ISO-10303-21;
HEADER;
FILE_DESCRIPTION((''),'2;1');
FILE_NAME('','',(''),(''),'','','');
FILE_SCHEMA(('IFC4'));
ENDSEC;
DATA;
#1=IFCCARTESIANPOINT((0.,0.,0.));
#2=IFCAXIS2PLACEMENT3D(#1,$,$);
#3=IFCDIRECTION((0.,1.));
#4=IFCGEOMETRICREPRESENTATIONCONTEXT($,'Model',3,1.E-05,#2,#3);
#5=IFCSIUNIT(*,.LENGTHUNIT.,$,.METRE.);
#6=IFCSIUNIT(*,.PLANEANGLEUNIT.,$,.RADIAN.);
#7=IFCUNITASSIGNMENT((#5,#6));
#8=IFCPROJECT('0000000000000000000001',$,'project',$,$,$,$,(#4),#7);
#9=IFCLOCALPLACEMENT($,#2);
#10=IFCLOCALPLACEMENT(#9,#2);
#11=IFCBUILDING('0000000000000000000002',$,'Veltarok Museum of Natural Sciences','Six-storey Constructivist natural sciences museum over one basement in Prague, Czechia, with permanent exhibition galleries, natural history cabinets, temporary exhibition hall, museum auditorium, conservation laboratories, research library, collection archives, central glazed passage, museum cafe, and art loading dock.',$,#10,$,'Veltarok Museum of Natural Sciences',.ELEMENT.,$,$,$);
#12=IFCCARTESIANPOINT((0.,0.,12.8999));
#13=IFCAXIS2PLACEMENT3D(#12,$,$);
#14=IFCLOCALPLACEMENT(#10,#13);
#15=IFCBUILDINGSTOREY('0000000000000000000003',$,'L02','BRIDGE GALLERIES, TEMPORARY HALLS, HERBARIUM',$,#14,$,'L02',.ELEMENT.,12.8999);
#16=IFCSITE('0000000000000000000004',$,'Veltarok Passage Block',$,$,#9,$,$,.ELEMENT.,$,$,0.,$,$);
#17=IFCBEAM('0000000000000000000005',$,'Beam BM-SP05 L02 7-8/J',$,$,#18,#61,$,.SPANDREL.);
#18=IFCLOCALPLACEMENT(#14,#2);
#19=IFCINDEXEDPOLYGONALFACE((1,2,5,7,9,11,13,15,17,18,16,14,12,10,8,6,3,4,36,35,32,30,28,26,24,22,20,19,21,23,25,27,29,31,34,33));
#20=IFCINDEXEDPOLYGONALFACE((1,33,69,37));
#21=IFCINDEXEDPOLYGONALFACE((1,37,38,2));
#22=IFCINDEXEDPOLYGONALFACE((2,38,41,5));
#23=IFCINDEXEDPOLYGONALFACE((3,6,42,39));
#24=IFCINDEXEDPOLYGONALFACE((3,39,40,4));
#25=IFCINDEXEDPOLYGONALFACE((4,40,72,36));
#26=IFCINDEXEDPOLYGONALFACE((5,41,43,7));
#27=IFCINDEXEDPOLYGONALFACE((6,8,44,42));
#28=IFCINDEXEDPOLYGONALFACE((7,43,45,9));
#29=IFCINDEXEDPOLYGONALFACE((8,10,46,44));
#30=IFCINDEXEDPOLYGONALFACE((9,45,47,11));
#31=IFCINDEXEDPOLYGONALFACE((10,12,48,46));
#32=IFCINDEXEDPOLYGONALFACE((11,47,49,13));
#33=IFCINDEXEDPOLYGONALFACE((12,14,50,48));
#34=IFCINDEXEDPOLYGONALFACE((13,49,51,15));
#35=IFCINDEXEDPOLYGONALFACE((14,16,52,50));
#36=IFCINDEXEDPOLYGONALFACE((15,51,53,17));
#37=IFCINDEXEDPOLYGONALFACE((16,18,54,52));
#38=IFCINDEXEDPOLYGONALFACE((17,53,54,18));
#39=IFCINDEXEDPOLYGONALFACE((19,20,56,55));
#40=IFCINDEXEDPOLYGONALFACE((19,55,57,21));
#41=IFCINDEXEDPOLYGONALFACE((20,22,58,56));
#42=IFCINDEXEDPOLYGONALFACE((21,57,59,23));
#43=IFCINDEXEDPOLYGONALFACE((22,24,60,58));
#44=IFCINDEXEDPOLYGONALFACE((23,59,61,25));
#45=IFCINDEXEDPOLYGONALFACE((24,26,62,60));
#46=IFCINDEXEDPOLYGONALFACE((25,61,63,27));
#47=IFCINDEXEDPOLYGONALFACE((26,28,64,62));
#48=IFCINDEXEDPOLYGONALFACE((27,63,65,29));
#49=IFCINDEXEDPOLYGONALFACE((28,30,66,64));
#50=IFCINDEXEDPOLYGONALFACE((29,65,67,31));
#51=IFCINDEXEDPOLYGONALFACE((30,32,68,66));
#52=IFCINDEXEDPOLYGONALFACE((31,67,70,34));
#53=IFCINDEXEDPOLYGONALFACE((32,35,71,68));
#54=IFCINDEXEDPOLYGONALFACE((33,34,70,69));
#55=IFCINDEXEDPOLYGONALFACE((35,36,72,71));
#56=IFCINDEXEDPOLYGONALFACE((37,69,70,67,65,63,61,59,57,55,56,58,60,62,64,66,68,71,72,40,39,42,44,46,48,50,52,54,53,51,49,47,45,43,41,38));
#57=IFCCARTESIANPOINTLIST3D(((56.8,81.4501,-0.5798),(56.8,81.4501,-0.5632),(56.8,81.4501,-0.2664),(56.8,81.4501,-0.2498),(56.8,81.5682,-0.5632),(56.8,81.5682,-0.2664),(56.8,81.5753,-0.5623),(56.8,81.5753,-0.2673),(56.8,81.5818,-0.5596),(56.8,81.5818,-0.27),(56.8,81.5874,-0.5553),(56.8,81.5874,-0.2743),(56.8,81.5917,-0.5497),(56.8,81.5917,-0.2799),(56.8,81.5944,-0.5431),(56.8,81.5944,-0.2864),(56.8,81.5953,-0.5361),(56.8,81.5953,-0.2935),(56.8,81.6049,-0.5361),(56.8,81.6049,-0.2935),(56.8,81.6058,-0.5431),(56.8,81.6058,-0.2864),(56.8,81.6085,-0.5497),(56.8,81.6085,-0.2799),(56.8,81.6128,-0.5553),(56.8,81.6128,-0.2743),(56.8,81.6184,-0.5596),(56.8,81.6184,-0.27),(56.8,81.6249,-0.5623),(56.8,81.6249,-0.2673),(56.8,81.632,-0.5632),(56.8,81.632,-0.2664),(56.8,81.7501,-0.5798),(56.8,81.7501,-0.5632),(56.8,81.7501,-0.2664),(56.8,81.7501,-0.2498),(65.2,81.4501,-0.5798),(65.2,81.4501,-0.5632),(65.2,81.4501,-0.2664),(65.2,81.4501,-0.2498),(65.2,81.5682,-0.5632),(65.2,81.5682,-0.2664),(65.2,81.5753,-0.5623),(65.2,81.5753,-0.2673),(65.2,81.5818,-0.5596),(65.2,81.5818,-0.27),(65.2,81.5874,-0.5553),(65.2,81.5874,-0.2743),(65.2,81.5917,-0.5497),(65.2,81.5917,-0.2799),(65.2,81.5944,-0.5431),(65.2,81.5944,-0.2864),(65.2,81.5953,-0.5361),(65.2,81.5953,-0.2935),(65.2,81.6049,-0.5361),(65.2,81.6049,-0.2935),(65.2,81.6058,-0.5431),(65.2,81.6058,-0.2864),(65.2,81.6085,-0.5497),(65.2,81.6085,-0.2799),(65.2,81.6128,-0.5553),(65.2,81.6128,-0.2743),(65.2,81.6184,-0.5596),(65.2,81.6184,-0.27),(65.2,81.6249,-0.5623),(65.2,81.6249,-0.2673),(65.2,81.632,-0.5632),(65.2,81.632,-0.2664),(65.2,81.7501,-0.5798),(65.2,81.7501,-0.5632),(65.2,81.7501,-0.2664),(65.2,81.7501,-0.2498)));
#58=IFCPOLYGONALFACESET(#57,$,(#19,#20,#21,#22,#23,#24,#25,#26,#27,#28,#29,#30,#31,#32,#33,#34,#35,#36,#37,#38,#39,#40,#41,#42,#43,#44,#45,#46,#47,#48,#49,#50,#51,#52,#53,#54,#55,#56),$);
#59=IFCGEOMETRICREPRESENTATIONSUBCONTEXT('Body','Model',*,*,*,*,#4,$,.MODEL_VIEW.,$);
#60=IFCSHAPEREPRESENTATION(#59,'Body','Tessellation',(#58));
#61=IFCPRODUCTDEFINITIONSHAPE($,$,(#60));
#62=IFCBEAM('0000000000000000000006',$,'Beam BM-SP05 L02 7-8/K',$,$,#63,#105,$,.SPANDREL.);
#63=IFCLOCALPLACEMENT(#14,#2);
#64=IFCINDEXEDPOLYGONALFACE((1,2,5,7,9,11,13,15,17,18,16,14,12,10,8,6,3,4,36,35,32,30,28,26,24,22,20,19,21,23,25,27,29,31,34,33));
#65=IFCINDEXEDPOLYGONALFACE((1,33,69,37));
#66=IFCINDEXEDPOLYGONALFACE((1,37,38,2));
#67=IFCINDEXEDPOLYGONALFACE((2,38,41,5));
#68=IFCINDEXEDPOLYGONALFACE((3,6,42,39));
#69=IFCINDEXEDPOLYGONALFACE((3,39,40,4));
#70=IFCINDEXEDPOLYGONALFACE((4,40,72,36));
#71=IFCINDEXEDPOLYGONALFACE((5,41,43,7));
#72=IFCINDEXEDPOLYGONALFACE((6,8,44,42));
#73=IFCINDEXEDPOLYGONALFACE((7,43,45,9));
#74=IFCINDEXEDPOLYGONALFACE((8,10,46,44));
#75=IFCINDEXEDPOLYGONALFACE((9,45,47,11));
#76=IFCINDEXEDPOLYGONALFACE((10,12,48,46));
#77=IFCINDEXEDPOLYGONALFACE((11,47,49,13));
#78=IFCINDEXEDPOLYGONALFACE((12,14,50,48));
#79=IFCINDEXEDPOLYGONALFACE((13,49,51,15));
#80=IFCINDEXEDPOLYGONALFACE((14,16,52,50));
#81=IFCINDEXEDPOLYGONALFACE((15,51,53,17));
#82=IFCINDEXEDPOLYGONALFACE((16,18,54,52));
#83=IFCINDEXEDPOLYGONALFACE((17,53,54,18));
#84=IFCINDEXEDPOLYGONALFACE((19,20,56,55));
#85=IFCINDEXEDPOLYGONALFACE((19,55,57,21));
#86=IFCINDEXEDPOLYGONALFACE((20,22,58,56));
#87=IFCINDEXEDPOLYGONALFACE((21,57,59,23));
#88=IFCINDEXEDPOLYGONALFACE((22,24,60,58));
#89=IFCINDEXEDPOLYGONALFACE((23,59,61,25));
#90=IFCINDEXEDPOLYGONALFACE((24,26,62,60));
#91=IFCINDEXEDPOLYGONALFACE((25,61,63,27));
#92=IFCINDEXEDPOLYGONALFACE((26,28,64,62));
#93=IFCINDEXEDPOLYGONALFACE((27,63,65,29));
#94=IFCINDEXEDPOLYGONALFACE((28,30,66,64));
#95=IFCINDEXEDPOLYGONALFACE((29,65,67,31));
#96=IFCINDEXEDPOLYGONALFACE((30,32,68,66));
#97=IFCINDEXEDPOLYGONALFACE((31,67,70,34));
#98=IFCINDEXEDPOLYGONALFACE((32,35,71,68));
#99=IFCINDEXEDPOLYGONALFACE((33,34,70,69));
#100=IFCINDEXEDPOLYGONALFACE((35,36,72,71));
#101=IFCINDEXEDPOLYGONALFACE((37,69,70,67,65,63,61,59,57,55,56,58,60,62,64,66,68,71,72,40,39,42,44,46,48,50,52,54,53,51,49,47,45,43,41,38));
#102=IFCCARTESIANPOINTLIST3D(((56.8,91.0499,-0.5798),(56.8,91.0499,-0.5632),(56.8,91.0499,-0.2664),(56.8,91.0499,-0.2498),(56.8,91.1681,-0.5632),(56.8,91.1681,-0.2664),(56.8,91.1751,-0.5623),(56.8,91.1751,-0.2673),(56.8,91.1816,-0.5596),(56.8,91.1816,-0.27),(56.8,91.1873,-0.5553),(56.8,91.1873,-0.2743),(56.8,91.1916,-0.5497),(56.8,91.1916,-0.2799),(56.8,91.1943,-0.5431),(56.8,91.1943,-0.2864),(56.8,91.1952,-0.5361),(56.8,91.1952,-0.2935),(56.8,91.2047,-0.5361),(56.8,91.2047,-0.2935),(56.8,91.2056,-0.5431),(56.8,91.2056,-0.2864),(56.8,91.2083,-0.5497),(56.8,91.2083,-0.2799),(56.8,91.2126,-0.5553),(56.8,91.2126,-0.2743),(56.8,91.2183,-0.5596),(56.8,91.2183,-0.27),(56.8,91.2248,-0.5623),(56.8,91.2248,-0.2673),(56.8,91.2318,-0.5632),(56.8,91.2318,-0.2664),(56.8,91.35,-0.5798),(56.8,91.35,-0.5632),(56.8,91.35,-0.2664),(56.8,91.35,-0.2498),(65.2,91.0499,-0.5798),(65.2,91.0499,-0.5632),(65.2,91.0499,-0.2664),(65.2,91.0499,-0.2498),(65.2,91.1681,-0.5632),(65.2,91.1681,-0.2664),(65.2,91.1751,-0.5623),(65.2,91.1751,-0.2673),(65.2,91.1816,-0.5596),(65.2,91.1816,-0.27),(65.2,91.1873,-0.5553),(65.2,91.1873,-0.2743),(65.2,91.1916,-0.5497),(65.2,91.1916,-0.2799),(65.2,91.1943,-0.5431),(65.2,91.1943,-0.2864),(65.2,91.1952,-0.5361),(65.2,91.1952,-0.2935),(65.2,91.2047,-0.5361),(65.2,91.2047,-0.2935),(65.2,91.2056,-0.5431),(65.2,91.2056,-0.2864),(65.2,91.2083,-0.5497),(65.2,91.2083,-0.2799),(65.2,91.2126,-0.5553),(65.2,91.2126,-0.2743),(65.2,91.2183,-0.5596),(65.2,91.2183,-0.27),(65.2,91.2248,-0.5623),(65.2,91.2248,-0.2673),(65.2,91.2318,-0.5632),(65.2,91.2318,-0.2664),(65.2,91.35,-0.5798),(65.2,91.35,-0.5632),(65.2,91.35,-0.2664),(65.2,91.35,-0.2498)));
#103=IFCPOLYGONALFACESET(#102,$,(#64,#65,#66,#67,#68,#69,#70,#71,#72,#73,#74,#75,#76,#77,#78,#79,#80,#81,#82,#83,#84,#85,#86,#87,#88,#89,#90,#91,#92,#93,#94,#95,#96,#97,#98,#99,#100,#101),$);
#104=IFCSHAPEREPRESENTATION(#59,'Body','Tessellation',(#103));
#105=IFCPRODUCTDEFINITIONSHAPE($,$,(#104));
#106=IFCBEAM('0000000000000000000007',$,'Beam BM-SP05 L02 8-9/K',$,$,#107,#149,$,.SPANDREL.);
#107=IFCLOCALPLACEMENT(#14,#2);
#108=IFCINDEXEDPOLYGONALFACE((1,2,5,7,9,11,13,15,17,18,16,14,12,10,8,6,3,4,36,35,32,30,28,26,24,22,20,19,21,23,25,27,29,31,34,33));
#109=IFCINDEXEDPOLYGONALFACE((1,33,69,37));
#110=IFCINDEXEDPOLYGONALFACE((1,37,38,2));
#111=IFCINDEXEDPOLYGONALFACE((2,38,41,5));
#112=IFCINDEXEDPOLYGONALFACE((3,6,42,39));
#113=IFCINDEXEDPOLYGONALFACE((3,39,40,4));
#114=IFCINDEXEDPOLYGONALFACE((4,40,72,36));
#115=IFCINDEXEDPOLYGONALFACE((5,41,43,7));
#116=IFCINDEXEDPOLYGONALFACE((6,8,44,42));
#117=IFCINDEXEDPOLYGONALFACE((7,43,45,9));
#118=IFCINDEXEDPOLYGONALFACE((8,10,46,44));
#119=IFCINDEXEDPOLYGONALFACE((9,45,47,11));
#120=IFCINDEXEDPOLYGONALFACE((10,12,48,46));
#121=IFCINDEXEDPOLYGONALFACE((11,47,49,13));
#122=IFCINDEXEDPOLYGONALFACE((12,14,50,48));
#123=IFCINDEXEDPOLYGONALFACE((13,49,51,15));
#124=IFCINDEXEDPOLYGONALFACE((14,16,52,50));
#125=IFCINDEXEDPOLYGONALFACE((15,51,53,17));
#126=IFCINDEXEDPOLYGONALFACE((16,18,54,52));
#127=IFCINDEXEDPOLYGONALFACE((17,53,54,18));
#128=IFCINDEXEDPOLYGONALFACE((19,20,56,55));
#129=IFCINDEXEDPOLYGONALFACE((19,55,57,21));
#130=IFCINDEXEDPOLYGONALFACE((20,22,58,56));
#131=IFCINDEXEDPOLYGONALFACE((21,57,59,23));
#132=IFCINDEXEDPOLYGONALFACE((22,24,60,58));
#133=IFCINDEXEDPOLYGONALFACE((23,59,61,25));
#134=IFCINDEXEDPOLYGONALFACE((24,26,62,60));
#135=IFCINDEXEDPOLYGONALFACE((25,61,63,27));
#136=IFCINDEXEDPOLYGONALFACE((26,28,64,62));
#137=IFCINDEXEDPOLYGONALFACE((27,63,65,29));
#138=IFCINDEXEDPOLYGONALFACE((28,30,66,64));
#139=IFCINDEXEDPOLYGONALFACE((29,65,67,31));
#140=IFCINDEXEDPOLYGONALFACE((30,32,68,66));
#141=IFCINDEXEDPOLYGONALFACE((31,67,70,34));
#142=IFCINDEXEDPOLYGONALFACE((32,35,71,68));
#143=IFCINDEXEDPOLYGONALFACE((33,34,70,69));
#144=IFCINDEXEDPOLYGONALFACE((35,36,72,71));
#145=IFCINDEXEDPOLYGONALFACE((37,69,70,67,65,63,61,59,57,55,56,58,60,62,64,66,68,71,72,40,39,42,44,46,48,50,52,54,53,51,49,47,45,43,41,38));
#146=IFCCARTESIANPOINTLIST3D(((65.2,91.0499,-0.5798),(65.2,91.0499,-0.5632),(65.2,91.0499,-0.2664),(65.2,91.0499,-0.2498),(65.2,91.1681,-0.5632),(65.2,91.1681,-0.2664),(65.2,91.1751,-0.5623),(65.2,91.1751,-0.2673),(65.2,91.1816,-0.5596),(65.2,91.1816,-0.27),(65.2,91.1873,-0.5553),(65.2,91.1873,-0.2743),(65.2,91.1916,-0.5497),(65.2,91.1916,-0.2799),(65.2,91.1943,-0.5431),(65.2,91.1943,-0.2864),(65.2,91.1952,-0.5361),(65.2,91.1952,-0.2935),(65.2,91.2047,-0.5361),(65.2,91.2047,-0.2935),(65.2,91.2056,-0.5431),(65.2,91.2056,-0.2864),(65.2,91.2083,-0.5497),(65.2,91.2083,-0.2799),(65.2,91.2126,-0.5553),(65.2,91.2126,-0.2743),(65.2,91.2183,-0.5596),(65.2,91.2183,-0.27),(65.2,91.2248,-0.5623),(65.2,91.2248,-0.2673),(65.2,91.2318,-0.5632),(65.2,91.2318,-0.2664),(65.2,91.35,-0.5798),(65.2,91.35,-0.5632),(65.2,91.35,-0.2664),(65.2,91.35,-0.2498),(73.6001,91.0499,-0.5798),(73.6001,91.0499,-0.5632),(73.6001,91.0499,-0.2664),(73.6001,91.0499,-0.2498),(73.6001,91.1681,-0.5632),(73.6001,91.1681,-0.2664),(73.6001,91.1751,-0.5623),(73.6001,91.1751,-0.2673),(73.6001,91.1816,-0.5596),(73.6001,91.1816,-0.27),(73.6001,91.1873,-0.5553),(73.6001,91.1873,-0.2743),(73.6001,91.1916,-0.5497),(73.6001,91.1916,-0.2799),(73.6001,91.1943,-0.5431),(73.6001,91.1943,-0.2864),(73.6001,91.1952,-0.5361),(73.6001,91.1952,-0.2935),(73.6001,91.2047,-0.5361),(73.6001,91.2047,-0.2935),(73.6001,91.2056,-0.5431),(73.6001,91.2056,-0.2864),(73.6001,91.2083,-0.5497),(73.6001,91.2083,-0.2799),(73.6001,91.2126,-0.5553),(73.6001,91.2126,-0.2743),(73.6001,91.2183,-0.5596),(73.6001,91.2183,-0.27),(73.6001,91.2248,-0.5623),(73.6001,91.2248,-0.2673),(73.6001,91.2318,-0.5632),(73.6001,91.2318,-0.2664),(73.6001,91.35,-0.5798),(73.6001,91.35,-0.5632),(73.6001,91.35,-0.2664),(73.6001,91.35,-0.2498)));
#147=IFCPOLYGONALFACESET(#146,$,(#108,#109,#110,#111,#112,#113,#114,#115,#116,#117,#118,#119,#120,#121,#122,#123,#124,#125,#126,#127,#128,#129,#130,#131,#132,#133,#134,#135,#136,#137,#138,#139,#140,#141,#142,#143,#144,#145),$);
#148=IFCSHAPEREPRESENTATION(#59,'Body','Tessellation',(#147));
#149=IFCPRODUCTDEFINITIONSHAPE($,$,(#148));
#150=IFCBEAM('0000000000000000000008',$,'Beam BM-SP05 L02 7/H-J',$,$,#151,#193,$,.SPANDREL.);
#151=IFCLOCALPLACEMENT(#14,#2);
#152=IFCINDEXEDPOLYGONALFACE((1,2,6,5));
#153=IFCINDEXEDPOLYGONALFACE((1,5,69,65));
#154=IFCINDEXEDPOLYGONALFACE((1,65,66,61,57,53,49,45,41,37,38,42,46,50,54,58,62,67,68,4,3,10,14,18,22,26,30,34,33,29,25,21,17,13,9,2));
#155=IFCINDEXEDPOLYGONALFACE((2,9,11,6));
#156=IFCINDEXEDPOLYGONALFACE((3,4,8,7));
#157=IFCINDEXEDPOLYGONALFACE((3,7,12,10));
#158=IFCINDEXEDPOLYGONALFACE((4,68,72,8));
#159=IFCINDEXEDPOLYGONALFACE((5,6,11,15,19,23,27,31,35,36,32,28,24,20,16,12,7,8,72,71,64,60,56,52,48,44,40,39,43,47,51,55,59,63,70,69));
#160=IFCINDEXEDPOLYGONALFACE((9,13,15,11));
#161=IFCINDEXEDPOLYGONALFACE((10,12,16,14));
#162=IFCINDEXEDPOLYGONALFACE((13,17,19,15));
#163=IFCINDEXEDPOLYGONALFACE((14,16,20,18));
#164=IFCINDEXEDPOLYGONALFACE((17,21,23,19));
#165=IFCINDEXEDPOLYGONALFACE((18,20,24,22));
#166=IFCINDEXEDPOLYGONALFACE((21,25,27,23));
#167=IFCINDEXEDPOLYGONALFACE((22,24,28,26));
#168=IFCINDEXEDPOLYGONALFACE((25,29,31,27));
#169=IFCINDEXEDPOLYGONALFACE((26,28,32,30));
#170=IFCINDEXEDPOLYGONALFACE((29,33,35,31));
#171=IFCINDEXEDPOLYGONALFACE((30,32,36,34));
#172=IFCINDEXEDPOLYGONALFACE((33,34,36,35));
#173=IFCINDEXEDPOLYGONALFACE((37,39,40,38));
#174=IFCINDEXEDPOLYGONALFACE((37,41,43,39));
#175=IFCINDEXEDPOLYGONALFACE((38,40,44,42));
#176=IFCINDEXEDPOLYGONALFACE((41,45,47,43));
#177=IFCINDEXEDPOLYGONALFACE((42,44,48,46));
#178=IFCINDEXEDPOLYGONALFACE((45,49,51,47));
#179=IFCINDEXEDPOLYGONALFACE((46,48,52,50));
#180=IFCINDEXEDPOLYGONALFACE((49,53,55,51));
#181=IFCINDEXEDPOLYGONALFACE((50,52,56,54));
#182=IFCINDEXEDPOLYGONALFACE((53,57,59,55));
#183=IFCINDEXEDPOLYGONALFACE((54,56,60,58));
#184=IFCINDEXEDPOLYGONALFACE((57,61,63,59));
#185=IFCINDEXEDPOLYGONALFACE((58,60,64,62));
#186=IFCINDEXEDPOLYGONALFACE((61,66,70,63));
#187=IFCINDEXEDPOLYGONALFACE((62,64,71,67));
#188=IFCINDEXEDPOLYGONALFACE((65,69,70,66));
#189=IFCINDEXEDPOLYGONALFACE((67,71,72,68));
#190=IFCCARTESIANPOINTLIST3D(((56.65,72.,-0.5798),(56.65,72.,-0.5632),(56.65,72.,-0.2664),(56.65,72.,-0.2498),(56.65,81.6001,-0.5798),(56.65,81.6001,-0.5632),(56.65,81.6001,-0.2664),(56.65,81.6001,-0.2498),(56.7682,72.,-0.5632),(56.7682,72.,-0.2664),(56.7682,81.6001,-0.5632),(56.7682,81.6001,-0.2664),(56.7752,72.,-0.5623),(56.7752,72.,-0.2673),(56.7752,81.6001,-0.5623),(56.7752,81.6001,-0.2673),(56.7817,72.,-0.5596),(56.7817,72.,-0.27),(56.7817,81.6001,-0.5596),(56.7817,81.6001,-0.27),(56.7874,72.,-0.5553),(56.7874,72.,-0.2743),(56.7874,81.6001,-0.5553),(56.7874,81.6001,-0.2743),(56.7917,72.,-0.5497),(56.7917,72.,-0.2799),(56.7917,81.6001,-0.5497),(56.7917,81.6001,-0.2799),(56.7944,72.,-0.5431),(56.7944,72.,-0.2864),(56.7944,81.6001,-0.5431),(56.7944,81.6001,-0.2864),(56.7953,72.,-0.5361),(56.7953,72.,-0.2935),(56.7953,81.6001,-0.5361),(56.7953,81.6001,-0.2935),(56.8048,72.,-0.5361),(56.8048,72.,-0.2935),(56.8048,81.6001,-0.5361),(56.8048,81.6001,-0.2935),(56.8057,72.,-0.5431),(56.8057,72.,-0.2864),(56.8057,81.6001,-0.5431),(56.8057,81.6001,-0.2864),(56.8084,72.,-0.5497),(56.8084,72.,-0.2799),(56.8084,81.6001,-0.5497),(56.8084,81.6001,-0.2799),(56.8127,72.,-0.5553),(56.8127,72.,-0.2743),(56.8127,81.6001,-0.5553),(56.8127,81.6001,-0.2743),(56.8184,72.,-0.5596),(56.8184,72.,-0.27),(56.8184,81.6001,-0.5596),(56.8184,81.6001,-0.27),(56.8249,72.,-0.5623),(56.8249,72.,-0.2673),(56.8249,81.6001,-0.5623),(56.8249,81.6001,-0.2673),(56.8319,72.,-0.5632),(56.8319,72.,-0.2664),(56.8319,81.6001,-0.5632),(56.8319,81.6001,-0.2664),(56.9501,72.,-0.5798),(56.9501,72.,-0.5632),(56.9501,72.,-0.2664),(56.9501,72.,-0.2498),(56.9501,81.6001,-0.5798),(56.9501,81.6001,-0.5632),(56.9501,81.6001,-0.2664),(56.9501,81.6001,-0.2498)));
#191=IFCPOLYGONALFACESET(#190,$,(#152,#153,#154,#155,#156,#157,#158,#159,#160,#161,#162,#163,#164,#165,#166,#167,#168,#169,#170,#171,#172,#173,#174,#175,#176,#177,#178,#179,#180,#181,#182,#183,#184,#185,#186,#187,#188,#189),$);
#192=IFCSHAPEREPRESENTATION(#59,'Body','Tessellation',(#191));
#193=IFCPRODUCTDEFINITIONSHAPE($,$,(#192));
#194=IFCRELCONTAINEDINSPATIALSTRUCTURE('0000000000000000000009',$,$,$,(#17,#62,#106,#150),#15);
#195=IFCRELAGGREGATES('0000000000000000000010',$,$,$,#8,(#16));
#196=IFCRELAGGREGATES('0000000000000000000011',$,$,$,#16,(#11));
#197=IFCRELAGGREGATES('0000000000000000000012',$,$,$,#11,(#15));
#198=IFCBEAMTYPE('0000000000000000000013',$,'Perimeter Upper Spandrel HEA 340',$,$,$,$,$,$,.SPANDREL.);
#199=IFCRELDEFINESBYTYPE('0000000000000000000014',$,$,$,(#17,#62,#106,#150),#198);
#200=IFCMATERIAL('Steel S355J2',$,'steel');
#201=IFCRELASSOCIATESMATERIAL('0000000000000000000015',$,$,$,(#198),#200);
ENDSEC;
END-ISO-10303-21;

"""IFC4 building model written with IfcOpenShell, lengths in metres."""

from ifc_helpers import new_model, si_unit, direction, frame, origin, origin_2d, place, context, subcontext, project, spatial, i_section, extrude, material, material_profile, profile_set, type_object, element, save


model = new_model("IFC4")

# Units and contexts
model_context = context("Model", 3, precision=1e-05, world=origin(), true_north=direction((0.0, 1.0)))
body_context = subcontext(model_context, "Body", "Model", "MODEL_VIEW")
ifc_project = project(units=[si_unit("LENGTHUNIT", "METRE"), si_unit("PLANEANGLEUNIT", "RADIAN")], contexts=[model_context])

# Site, building, storey
site_placement = place(None, origin())
site = spatial("IfcSite", under=ifc_project, at=site_placement, Name="Veltarok Passage Block", CompositionType="ELEMENT", RefElevation=0.0)
building_placement = place(site_placement, origin())
building = spatial("IfcBuilding", under=site, at=building_placement, Name="Veltarok Museum of Natural Sciences", Description="Six-storey Constructivist natural sciences museum over one basement in Prague, Czechia, with permanent exhibition galleries, natural history cabinets, temporary exhibition hall, museum auditorium, conservation laboratories, research library, collection archives, central glazed passage, museum cafe, and art loading dock.", LongName="Veltarok Museum of Natural Sciences", CompositionType="ELEMENT")
storey_placement = place(building_placement, frame((0.0, 0.0, 12.8999)))
storey = spatial("IfcBuildingStorey", under=building, at=storey_placement, Name="L02", Description="BRIDGE GALLERIES, TEMPORARY HALLS, HERBARIUM", LongName="L02", CompositionType="ELEMENT", Elevation=12.8999)

# Shared definitions
ifc_material_1 = material(Name="Steel S355J2", Category="steel")

# Beams
ifc_material_profile_1 = material_profile(ifc_material_1, i_section(OverallWidth=0.3, OverallDepth=0.3301, WebThickness=0.0095, FlangeThickness=0.0166, FilletRadius=0.0271, at=origin_2d()), Name="HEA 340")
ifc_profile_set_1 = profile_set([ifc_material_profile_1], Name="Steel S355J2")
beam_type_1 = type_object("IfcBeamType", Name="Perimeter Upper Spandrel HEA 340", PredefinedType="SPANDREL", material=ifc_profile_set_1)
for number, where, z_axis, x_axis, name in (
    (1, (56.8, 81.6001, -0.4148), (1.0, 0.0, 0.0), (0.0, 1.0, 0.0), "Beam BM-SP05 L02 7-8/J"),
    (2, (56.8, 91.2, -0.4148), (1.0, 0.0, 0.0), (0.0, 1.0, 0.0), "Beam BM-SP05 L02 7-8/K"),
):
    element("IfcBeam", number, at=place(storey_placement, frame(where, z_axis=z_axis, x_axis=x_axis)), inside=storey, type_object=beam_type_1, Name=name, PredefinedType="SPANDREL", context=body_context, shape_type="SweptSolid", body=[
        extrude(i_section(OverallWidth=0.3, OverallDepth=0.3301, WebThickness=0.0095, FlangeThickness=0.0166, FilletRadius=0.0271, at=origin_2d()), origin(), (0.0, 0.0, 1.0), 8.3999),
    ])
beam_1_placement = place(storey_placement, frame((65.2, 91.2, -0.4148), z_axis=(1.0, 0.0, 0.0), x_axis=(0.0, 1.0, 0.0)))
element("IfcBeam", 3, at=beam_1_placement, inside=storey, type_object=beam_type_1, Name="Beam BM-SP05 L02 8-9/K", PredefinedType="SPANDREL", context=body_context, shape_type="SweptSolid", body=[
    extrude(i_section(OverallWidth=0.3, OverallDepth=0.3301, WebThickness=0.0095, FlangeThickness=0.0166, FilletRadius=0.0271, at=origin_2d()), origin(), (0.0, 0.0, 1.0), 8.4001),
])
beam_2_placement = place(storey_placement, frame((56.8, 72.0, -0.4148), z_axis=(0.0, 1.0, 0.0), x_axis=(-1.0, 0.0, 0.0)))
element("IfcBeam", 4, at=beam_2_placement, inside=storey, type_object=beam_type_1, Name="Beam BM-SP05 L02 7/H-J", PredefinedType="SPANDREL", context=body_context, shape_type="SweptSolid", body=[
    extrude(i_section(OverallWidth=0.3, OverallDepth=0.3301, WebThickness=0.0095, FlangeThickness=0.0166, FilletRadius=0.0271, at=origin_2d()), origin(), (0.0, 0.0, 1.0), 9.6001),
])

save(model, "model.ifc")
